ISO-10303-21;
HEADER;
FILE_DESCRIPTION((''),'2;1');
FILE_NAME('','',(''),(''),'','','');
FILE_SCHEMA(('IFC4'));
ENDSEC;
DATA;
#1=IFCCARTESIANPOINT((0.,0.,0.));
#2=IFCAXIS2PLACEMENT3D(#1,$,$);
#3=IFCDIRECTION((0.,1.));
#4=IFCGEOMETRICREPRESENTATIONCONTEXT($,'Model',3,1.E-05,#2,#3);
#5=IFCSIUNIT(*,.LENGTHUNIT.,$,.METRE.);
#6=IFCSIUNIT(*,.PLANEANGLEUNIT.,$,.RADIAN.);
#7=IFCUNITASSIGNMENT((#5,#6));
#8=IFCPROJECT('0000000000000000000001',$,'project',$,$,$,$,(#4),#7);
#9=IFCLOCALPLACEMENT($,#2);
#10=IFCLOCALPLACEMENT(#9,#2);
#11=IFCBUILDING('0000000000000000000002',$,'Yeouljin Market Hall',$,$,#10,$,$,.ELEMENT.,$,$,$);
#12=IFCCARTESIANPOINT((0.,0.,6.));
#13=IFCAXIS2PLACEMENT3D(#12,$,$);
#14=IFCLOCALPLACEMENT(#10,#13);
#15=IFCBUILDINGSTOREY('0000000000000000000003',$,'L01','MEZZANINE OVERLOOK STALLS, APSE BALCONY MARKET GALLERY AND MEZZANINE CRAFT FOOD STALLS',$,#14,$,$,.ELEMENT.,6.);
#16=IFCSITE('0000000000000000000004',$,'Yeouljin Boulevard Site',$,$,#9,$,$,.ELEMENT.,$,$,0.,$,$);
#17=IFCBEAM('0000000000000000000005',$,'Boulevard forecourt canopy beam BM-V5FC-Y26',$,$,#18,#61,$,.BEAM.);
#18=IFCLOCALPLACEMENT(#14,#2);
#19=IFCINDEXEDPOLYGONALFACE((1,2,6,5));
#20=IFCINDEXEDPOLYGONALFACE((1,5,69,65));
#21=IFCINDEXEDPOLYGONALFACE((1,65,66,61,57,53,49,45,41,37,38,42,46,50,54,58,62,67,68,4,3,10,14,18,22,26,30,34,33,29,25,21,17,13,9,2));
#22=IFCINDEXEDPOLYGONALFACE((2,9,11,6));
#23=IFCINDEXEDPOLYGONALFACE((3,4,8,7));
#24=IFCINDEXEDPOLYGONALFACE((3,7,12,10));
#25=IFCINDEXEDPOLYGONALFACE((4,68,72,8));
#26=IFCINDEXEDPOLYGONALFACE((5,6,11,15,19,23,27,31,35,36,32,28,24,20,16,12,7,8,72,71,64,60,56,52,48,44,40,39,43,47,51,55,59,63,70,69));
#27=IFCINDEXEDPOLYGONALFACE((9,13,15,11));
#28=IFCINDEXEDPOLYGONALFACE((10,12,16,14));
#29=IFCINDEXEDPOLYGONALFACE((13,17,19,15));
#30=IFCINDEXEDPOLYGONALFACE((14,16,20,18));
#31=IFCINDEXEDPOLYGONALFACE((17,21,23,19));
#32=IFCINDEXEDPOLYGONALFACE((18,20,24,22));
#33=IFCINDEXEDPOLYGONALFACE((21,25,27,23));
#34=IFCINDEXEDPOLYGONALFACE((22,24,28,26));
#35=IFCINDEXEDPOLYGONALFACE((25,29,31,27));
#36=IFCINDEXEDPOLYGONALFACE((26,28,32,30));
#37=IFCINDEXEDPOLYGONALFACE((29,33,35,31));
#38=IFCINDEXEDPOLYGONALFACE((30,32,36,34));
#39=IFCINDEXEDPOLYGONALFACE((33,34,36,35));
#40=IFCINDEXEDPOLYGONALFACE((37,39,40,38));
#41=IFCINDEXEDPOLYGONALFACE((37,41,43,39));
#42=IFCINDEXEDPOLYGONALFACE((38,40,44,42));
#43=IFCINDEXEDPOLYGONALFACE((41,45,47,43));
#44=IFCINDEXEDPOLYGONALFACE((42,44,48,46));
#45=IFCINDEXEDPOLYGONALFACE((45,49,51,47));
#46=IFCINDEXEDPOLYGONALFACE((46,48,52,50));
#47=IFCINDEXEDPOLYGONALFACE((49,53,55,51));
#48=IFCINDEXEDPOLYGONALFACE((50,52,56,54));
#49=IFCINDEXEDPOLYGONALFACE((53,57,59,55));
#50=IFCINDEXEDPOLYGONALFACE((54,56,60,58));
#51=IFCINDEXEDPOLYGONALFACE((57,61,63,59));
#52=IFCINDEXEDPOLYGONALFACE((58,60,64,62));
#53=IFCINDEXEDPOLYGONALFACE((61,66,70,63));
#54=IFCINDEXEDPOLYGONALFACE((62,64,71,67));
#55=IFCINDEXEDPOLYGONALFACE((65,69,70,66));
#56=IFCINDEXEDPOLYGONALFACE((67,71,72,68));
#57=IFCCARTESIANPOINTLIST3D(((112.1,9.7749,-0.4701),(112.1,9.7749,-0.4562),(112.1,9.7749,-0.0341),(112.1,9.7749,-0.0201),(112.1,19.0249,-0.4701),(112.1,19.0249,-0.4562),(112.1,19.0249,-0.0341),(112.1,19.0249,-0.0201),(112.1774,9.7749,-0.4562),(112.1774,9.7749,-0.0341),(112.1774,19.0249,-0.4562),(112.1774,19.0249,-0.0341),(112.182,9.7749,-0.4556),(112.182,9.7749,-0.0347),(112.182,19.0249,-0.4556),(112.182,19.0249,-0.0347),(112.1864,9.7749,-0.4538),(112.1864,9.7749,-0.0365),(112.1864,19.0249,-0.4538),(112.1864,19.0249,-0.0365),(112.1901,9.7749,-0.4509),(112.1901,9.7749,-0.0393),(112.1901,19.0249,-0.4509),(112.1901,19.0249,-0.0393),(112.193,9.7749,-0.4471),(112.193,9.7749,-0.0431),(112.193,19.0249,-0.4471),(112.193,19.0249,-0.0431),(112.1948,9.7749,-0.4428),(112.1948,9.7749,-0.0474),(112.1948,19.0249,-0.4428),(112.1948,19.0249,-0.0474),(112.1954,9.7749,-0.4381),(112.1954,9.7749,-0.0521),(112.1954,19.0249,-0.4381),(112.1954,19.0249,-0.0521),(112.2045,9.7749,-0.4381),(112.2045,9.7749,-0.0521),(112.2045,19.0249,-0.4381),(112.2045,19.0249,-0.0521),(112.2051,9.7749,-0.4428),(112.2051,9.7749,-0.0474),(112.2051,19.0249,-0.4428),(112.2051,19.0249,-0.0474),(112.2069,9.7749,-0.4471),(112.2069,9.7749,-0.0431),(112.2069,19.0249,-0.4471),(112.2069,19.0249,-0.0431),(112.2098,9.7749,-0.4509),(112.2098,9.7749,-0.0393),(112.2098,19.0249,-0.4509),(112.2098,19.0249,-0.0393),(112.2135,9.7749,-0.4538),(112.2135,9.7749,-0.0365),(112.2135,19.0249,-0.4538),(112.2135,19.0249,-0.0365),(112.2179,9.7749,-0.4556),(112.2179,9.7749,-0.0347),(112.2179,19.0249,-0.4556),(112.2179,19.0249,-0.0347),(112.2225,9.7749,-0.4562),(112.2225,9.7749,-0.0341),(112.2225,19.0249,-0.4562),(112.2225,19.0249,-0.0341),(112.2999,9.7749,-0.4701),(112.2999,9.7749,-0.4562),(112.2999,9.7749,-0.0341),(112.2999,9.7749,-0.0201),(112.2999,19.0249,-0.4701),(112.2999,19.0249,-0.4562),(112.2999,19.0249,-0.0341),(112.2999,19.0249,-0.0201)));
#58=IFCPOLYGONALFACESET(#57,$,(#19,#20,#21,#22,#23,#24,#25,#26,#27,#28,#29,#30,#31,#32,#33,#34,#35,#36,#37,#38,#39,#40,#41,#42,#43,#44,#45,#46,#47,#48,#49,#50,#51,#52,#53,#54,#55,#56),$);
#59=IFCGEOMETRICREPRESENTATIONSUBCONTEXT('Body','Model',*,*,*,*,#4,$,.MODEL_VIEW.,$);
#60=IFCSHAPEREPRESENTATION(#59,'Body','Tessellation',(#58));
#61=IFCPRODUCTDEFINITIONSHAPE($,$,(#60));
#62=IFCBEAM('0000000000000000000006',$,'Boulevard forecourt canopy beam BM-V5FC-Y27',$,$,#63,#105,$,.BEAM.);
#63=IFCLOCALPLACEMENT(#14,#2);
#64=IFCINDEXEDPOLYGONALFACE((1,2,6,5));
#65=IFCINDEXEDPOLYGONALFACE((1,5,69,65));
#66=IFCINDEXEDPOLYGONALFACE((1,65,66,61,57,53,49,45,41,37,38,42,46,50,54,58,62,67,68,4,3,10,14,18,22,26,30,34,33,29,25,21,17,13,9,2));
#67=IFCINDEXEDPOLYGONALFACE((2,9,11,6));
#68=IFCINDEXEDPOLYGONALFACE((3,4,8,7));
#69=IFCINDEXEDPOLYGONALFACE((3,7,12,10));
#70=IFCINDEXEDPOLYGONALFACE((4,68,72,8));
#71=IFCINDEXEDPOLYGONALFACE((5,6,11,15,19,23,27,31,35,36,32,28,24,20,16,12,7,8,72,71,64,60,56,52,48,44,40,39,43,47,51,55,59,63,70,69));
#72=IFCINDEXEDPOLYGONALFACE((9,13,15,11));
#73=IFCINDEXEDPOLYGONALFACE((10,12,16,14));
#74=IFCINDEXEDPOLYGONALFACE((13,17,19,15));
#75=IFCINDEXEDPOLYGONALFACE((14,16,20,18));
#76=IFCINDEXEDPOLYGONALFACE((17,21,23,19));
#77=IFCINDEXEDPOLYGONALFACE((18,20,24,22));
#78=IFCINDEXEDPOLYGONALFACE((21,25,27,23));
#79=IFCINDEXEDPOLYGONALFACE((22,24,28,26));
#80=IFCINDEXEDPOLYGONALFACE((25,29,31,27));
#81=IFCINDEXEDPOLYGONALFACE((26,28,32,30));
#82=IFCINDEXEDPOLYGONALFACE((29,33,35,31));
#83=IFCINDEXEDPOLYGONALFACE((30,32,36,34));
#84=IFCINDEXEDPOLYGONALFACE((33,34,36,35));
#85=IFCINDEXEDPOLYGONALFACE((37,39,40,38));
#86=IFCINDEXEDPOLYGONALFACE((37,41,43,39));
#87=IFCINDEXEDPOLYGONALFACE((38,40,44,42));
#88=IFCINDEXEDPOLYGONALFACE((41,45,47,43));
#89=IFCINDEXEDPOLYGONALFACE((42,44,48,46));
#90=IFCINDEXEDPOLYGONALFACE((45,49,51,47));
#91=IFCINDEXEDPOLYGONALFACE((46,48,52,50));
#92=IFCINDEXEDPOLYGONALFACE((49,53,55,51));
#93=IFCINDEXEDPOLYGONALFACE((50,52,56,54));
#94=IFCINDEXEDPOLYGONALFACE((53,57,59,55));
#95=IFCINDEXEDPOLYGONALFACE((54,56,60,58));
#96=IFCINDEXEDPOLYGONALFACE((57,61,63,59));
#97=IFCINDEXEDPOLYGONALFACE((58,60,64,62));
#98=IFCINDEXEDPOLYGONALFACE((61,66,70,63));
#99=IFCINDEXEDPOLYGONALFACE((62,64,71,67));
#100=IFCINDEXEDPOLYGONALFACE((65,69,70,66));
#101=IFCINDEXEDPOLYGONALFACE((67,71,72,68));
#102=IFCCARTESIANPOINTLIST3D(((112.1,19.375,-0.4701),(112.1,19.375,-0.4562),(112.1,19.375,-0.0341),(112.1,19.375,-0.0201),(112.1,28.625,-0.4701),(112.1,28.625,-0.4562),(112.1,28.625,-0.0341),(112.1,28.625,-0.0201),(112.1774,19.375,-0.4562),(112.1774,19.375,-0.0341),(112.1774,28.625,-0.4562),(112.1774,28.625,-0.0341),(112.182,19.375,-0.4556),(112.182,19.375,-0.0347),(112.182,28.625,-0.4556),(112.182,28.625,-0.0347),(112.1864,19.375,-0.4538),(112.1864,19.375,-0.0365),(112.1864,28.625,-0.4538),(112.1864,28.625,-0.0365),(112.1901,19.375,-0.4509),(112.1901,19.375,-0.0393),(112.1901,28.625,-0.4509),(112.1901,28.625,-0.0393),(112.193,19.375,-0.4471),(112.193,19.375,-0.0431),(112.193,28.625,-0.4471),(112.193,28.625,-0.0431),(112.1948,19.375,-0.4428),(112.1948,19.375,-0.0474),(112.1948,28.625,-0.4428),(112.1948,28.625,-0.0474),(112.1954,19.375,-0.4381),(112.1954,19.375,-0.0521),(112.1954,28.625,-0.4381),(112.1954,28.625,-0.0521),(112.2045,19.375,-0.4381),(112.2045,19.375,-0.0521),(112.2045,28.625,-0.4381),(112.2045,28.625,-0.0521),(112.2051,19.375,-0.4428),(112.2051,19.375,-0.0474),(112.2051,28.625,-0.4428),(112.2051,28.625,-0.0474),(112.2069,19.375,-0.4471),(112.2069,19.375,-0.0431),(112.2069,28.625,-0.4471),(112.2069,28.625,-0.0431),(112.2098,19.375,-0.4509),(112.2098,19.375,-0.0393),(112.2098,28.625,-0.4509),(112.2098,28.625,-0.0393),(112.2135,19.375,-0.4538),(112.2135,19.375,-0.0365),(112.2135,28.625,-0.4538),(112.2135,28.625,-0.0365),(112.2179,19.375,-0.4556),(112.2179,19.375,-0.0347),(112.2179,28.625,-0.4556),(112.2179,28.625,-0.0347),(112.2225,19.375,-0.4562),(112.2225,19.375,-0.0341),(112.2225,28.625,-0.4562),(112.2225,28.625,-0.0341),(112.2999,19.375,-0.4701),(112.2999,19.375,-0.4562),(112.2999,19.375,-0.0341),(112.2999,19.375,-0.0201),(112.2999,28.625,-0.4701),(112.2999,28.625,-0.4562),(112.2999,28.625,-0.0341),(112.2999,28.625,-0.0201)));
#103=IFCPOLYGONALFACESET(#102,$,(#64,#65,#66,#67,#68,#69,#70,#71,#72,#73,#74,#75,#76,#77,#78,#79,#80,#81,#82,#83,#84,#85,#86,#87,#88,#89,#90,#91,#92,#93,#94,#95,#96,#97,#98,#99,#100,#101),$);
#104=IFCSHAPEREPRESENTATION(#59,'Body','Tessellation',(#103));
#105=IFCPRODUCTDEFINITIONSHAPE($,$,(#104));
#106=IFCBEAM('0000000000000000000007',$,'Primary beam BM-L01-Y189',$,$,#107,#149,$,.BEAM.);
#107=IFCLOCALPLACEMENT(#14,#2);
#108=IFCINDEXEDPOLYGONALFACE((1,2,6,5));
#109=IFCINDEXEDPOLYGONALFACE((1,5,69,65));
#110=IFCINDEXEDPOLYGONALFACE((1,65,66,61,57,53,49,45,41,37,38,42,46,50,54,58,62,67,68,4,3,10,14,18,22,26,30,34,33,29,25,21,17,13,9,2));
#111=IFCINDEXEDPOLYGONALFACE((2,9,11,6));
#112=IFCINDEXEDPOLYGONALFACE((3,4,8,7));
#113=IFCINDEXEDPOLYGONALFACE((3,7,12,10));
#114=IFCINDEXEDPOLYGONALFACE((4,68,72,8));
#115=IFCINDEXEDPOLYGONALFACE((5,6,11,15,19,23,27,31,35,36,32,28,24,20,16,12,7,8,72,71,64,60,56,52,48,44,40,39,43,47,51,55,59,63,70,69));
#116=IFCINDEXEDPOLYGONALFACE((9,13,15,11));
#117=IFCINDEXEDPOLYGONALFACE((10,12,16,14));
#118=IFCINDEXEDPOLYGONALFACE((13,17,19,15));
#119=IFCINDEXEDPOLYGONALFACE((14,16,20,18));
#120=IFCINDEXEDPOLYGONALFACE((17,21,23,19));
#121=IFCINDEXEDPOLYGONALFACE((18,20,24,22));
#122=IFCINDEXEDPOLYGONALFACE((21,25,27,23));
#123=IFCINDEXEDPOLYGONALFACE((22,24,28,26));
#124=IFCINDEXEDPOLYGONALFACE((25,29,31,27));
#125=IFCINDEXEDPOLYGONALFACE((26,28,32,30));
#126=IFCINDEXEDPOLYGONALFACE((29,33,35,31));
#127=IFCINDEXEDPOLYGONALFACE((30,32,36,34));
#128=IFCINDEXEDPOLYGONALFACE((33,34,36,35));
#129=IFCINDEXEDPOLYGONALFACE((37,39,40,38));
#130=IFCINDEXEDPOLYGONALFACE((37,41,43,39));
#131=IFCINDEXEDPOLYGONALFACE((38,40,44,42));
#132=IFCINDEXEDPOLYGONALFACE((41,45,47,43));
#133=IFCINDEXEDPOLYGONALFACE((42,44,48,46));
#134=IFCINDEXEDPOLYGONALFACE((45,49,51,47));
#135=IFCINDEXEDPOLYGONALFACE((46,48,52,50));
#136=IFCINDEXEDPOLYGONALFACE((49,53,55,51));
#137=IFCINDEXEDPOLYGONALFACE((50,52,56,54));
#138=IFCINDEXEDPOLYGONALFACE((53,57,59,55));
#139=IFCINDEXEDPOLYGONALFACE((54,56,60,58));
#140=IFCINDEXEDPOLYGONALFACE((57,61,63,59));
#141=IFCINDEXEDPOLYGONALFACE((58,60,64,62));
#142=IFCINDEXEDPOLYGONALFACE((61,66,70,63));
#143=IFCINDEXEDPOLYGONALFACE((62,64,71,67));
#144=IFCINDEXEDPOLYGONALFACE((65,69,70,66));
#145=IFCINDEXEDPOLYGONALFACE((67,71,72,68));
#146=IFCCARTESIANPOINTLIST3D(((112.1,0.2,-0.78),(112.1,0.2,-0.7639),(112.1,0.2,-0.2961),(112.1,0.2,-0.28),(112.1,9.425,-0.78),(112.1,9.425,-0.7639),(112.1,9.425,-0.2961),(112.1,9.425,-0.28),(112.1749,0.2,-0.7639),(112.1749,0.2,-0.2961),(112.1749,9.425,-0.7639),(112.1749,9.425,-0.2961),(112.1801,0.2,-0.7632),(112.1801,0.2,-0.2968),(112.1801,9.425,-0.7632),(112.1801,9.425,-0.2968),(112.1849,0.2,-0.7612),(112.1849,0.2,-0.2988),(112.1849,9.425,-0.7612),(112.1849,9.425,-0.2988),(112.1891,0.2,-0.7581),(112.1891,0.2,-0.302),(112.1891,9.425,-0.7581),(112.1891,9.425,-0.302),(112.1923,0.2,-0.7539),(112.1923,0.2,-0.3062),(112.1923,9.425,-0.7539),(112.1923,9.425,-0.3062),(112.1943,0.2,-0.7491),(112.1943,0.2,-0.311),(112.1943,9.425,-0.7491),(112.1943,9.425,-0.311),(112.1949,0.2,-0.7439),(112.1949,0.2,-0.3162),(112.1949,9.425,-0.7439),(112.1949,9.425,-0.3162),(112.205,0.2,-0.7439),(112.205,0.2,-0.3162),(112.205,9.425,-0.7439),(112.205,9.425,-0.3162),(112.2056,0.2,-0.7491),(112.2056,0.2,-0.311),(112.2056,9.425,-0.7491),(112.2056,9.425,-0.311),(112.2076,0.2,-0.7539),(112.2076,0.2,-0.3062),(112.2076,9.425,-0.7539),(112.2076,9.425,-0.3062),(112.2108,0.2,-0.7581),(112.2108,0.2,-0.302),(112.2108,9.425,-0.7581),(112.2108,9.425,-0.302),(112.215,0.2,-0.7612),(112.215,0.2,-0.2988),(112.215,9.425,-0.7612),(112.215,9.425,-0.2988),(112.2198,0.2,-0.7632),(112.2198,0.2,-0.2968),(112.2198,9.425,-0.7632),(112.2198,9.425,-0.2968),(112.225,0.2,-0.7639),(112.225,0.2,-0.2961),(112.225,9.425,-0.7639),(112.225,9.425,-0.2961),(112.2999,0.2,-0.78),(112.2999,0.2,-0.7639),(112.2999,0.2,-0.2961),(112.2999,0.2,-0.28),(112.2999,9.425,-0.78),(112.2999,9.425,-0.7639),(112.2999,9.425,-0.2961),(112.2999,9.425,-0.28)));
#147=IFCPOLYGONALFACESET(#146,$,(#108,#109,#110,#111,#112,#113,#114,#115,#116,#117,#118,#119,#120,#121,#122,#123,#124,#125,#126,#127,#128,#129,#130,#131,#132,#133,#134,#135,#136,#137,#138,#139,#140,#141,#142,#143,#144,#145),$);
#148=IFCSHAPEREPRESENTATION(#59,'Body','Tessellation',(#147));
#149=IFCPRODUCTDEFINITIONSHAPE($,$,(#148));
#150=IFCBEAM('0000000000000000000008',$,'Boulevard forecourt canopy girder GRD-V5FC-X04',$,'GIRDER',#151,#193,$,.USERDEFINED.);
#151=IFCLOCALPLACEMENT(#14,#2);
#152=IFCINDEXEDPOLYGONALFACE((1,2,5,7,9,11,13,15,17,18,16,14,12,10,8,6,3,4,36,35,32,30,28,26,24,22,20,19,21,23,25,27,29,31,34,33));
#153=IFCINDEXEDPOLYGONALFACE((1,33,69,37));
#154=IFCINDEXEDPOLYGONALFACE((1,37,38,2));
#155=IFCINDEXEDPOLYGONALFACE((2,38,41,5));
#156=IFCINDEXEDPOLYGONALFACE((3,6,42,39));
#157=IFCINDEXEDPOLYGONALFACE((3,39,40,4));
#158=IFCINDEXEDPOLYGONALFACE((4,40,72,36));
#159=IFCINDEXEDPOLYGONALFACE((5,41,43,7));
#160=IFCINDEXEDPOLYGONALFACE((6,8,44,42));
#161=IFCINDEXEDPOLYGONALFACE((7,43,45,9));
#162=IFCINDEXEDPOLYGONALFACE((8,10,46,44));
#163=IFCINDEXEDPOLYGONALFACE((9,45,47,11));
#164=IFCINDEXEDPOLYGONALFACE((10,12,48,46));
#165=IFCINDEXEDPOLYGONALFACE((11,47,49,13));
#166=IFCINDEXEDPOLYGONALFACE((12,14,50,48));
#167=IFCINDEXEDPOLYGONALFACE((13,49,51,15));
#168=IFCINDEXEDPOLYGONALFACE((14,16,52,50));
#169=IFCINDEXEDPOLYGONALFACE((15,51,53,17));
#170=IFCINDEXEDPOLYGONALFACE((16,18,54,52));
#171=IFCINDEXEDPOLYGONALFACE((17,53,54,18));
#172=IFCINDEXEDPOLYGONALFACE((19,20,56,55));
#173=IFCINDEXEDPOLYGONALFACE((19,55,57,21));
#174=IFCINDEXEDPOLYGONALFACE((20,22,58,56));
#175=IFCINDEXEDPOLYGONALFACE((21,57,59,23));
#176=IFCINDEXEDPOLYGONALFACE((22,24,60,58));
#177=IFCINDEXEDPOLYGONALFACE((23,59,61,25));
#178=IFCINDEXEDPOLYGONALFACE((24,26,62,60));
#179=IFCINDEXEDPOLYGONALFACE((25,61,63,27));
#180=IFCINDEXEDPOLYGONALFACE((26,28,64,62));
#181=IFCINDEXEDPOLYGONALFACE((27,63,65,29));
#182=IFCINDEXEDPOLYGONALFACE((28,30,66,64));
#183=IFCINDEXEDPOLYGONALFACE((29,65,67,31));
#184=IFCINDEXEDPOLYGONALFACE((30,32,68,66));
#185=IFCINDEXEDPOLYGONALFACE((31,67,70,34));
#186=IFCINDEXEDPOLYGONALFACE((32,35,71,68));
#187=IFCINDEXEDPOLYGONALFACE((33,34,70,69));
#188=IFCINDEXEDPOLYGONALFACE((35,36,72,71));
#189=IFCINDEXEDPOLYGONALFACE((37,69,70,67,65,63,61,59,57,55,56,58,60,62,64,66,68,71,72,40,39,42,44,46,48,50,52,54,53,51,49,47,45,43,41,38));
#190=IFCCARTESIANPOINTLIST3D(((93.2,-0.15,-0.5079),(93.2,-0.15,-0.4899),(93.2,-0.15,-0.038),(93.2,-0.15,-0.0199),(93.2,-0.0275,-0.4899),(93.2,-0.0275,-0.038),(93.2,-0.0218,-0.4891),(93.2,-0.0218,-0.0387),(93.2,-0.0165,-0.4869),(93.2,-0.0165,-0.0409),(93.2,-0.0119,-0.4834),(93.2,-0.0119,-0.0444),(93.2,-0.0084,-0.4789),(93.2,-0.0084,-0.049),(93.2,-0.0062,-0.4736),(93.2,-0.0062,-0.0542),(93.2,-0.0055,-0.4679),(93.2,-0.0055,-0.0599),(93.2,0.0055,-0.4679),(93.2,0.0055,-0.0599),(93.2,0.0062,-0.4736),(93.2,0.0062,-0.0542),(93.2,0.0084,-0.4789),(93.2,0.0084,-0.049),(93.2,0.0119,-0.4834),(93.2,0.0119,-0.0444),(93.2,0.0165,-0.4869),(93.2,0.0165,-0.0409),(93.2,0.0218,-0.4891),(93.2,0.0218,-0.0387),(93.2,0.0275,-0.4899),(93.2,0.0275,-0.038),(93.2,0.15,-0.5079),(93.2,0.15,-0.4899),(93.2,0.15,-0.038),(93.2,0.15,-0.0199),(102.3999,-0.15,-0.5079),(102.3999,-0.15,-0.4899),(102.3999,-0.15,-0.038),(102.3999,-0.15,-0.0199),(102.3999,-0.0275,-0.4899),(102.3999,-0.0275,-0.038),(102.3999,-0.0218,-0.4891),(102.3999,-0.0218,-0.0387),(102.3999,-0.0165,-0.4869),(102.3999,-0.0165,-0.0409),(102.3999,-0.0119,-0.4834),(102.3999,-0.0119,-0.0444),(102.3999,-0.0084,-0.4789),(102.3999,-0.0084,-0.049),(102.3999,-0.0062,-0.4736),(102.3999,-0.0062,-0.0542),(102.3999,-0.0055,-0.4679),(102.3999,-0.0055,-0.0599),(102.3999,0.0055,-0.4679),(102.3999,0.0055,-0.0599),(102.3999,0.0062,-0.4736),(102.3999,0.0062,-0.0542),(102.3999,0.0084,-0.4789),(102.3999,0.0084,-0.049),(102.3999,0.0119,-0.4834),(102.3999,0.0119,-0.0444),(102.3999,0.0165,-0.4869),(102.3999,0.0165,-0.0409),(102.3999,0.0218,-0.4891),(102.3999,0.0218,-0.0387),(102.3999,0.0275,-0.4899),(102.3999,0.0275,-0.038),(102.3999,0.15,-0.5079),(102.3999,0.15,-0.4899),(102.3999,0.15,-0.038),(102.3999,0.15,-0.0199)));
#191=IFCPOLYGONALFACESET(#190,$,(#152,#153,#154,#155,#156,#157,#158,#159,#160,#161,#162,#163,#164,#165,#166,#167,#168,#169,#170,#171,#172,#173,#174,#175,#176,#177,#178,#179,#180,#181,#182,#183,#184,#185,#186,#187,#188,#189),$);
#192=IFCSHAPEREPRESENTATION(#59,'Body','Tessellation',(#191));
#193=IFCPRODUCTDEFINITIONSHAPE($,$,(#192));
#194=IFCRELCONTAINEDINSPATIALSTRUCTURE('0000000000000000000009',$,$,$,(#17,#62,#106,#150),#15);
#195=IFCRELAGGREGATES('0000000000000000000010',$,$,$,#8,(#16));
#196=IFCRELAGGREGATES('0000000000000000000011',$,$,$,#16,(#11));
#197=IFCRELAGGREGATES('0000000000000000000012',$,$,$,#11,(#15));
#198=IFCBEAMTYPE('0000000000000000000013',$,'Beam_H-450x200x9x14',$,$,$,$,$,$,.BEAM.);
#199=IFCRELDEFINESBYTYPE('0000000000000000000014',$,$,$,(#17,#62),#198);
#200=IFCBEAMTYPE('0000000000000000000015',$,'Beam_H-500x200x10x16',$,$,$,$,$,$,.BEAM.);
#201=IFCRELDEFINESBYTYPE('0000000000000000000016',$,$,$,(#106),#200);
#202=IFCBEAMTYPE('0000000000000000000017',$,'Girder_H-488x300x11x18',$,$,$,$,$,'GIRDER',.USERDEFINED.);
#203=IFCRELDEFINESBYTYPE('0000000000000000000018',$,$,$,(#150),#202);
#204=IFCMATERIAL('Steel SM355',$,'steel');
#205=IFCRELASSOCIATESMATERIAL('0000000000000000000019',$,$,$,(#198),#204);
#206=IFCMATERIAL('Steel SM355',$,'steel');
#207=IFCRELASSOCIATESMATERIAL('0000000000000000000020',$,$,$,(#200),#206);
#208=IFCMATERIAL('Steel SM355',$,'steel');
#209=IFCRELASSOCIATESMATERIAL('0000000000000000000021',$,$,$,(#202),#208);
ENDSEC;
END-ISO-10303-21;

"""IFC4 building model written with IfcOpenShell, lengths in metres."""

from ifc_helpers import new_model, si_unit, direction, frame, origin, origin_2d, place, context, subcontext, project, spatial, i_section, extrude, material, material_profile, profile_set, type_object, element, save


model = new_model("IFC4")

# Units and contexts
model_context = context("Model", 3, precision=1e-05, world=origin(), true_north=direction((0.0, 1.0)))
body_context = subcontext(model_context, "Body", "Model", "MODEL_VIEW")
ifc_project = project(units=[si_unit("LENGTHUNIT", "METRE"), si_unit("PLANEANGLEUNIT", "RADIAN")], contexts=[model_context])

# Site, building, storey
site_placement = place(None, origin())
site = spatial("IfcSite", under=ifc_project, at=site_placement, Name="Yeouljin Boulevard Site", CompositionType="ELEMENT", RefElevation=0.0)
building_placement = place(site_placement, origin())
building = spatial("IfcBuilding", under=site, at=building_placement, Name="Yeouljin Market Hall", CompositionType="ELEMENT")
storey_placement = place(building_placement, frame((0.0, 0.0, 6.0)))
storey = spatial("IfcBuildingStorey", under=building, at=storey_placement, Name="L01", Description="MEZZANINE OVERLOOK STALLS, APSE BALCONY MARKET GALLERY AND MEZZANINE CRAFT FOOD STALLS", CompositionType="ELEMENT", Elevation=6.0)

# Beams
ifc_material_1 = material(Name="Steel SM355", Category="steel")
ifc_material_profile_1 = material_profile(ifc_material_1, i_section(OverallWidth=0.2, OverallDepth=0.45, WebThickness=0.009, FlangeThickness=0.0139, FilletRadius=0.0181, at=origin_2d()), Name="H-450x200x9x14")
ifc_profile_set_1 = profile_set([ifc_material_profile_1], Name="Steel SM355")
beam_type_1 = type_object("IfcBeamType", Name="Beam_H-450x200x9x14", PredefinedType="BEAM", material=ifc_profile_set_1)
for number, where, z_axis, x_axis, name in (
    (1, (112.2, 9.7749, -0.2451), (0.0, 1.0, 0.0), (-1.0, 0.0, 0.0), "Boulevard forecourt canopy beam BM-V5FC-Y26"),
    (2, (112.2, 19.375, -0.2451), (0.0, 1.0, 0.0), (-1.0, 0.0, 0.0), "Boulevard forecourt canopy beam BM-V5FC-Y27"),
):
    element("IfcBeam", number, at=place(storey_placement, frame(where, z_axis=z_axis, x_axis=x_axis)), inside=storey, type_object=beam_type_1, Name=name, PredefinedType="BEAM", context=body_context, shape_type="SweptSolid", body=[
        extrude(i_section(OverallWidth=0.2, OverallDepth=0.45, WebThickness=0.009, FlangeThickness=0.0139, FilletRadius=0.0181, at=origin_2d()), origin(), (0.0, 0.0, 1.0), 9.25),
    ])
ifc_material_2 = material(Name="Steel SM355", Category="steel")
ifc_material_profile_2 = material_profile(ifc_material_2, i_section(OverallWidth=0.2, OverallDepth=0.5, WebThickness=0.01, FlangeThickness=0.0161, FilletRadius=0.02, at=origin_2d()), Name="H-500x200x10x16")
ifc_profile_set_2 = profile_set([ifc_material_profile_2], Name="Steel SM355")
beam_type_2 = type_object("IfcBeamType", Name="Beam_H-500x200x10x16", PredefinedType="BEAM", material=ifc_profile_set_2)
beam_1_placement = place(storey_placement, frame((112.2, 0.2, -0.53), z_axis=(0.0, 1.0, 0.0), x_axis=(-1.0, 0.0, 0.0)))
element("IfcBeam", 3, at=beam_1_placement, inside=storey, type_object=beam_type_2, Name="Primary beam BM-L01-Y189", PredefinedType="BEAM", context=body_context, shape_type="SweptSolid", body=[
    extrude(i_section(OverallWidth=0.2, OverallDepth=0.5, WebThickness=0.01, FlangeThickness=0.0161, FilletRadius=0.02, at=origin_2d()), origin(), (0.0, 0.0, 1.0), 9.2251),
])
ifc_material_3 = material(Name="Steel SM355", Category="steel")
ifc_material_profile_3 = material_profile(ifc_material_3, i_section(OverallWidth=0.3, OverallDepth=0.488, WebThickness=0.011, FlangeThickness=0.0181, FilletRadius=0.022, at=origin_2d()), Name="H-488x300x11x18")
ifc_profile_set_3 = profile_set([ifc_material_profile_3], Name="Steel SM355")
beam_type_3 = type_object("IfcBeamType", Name="Girder_H-488x300x11x18", ElementType="GIRDER", PredefinedType="USERDEFINED", material=ifc_profile_set_3)
for number, where, z_axis, x_axis, name in (
    (4, (93.2, 0.0, -0.2639), (1.0, 0.0, 0.0), (0.0, 1.0, 0.0), "Boulevard forecourt canopy girder GRD-V5FC-X04"),
):
    element("IfcBeam", number, at=place(storey_placement, frame(where, z_axis=z_axis, x_axis=x_axis)), inside=storey, type_object=beam_type_3, Name=name, ObjectType="GIRDER", PredefinedType="USERDEFINED", context=body_context, shape_type="SweptSolid", body=[
        extrude(i_section(OverallWidth=0.3, OverallDepth=0.488, WebThickness=0.011, FlangeThickness=0.0181, FilletRadius=0.022, at=origin_2d()), origin(), (0.0, 0.0, 1.0), 9.2),
    ])

save(model, "model.ifc")
